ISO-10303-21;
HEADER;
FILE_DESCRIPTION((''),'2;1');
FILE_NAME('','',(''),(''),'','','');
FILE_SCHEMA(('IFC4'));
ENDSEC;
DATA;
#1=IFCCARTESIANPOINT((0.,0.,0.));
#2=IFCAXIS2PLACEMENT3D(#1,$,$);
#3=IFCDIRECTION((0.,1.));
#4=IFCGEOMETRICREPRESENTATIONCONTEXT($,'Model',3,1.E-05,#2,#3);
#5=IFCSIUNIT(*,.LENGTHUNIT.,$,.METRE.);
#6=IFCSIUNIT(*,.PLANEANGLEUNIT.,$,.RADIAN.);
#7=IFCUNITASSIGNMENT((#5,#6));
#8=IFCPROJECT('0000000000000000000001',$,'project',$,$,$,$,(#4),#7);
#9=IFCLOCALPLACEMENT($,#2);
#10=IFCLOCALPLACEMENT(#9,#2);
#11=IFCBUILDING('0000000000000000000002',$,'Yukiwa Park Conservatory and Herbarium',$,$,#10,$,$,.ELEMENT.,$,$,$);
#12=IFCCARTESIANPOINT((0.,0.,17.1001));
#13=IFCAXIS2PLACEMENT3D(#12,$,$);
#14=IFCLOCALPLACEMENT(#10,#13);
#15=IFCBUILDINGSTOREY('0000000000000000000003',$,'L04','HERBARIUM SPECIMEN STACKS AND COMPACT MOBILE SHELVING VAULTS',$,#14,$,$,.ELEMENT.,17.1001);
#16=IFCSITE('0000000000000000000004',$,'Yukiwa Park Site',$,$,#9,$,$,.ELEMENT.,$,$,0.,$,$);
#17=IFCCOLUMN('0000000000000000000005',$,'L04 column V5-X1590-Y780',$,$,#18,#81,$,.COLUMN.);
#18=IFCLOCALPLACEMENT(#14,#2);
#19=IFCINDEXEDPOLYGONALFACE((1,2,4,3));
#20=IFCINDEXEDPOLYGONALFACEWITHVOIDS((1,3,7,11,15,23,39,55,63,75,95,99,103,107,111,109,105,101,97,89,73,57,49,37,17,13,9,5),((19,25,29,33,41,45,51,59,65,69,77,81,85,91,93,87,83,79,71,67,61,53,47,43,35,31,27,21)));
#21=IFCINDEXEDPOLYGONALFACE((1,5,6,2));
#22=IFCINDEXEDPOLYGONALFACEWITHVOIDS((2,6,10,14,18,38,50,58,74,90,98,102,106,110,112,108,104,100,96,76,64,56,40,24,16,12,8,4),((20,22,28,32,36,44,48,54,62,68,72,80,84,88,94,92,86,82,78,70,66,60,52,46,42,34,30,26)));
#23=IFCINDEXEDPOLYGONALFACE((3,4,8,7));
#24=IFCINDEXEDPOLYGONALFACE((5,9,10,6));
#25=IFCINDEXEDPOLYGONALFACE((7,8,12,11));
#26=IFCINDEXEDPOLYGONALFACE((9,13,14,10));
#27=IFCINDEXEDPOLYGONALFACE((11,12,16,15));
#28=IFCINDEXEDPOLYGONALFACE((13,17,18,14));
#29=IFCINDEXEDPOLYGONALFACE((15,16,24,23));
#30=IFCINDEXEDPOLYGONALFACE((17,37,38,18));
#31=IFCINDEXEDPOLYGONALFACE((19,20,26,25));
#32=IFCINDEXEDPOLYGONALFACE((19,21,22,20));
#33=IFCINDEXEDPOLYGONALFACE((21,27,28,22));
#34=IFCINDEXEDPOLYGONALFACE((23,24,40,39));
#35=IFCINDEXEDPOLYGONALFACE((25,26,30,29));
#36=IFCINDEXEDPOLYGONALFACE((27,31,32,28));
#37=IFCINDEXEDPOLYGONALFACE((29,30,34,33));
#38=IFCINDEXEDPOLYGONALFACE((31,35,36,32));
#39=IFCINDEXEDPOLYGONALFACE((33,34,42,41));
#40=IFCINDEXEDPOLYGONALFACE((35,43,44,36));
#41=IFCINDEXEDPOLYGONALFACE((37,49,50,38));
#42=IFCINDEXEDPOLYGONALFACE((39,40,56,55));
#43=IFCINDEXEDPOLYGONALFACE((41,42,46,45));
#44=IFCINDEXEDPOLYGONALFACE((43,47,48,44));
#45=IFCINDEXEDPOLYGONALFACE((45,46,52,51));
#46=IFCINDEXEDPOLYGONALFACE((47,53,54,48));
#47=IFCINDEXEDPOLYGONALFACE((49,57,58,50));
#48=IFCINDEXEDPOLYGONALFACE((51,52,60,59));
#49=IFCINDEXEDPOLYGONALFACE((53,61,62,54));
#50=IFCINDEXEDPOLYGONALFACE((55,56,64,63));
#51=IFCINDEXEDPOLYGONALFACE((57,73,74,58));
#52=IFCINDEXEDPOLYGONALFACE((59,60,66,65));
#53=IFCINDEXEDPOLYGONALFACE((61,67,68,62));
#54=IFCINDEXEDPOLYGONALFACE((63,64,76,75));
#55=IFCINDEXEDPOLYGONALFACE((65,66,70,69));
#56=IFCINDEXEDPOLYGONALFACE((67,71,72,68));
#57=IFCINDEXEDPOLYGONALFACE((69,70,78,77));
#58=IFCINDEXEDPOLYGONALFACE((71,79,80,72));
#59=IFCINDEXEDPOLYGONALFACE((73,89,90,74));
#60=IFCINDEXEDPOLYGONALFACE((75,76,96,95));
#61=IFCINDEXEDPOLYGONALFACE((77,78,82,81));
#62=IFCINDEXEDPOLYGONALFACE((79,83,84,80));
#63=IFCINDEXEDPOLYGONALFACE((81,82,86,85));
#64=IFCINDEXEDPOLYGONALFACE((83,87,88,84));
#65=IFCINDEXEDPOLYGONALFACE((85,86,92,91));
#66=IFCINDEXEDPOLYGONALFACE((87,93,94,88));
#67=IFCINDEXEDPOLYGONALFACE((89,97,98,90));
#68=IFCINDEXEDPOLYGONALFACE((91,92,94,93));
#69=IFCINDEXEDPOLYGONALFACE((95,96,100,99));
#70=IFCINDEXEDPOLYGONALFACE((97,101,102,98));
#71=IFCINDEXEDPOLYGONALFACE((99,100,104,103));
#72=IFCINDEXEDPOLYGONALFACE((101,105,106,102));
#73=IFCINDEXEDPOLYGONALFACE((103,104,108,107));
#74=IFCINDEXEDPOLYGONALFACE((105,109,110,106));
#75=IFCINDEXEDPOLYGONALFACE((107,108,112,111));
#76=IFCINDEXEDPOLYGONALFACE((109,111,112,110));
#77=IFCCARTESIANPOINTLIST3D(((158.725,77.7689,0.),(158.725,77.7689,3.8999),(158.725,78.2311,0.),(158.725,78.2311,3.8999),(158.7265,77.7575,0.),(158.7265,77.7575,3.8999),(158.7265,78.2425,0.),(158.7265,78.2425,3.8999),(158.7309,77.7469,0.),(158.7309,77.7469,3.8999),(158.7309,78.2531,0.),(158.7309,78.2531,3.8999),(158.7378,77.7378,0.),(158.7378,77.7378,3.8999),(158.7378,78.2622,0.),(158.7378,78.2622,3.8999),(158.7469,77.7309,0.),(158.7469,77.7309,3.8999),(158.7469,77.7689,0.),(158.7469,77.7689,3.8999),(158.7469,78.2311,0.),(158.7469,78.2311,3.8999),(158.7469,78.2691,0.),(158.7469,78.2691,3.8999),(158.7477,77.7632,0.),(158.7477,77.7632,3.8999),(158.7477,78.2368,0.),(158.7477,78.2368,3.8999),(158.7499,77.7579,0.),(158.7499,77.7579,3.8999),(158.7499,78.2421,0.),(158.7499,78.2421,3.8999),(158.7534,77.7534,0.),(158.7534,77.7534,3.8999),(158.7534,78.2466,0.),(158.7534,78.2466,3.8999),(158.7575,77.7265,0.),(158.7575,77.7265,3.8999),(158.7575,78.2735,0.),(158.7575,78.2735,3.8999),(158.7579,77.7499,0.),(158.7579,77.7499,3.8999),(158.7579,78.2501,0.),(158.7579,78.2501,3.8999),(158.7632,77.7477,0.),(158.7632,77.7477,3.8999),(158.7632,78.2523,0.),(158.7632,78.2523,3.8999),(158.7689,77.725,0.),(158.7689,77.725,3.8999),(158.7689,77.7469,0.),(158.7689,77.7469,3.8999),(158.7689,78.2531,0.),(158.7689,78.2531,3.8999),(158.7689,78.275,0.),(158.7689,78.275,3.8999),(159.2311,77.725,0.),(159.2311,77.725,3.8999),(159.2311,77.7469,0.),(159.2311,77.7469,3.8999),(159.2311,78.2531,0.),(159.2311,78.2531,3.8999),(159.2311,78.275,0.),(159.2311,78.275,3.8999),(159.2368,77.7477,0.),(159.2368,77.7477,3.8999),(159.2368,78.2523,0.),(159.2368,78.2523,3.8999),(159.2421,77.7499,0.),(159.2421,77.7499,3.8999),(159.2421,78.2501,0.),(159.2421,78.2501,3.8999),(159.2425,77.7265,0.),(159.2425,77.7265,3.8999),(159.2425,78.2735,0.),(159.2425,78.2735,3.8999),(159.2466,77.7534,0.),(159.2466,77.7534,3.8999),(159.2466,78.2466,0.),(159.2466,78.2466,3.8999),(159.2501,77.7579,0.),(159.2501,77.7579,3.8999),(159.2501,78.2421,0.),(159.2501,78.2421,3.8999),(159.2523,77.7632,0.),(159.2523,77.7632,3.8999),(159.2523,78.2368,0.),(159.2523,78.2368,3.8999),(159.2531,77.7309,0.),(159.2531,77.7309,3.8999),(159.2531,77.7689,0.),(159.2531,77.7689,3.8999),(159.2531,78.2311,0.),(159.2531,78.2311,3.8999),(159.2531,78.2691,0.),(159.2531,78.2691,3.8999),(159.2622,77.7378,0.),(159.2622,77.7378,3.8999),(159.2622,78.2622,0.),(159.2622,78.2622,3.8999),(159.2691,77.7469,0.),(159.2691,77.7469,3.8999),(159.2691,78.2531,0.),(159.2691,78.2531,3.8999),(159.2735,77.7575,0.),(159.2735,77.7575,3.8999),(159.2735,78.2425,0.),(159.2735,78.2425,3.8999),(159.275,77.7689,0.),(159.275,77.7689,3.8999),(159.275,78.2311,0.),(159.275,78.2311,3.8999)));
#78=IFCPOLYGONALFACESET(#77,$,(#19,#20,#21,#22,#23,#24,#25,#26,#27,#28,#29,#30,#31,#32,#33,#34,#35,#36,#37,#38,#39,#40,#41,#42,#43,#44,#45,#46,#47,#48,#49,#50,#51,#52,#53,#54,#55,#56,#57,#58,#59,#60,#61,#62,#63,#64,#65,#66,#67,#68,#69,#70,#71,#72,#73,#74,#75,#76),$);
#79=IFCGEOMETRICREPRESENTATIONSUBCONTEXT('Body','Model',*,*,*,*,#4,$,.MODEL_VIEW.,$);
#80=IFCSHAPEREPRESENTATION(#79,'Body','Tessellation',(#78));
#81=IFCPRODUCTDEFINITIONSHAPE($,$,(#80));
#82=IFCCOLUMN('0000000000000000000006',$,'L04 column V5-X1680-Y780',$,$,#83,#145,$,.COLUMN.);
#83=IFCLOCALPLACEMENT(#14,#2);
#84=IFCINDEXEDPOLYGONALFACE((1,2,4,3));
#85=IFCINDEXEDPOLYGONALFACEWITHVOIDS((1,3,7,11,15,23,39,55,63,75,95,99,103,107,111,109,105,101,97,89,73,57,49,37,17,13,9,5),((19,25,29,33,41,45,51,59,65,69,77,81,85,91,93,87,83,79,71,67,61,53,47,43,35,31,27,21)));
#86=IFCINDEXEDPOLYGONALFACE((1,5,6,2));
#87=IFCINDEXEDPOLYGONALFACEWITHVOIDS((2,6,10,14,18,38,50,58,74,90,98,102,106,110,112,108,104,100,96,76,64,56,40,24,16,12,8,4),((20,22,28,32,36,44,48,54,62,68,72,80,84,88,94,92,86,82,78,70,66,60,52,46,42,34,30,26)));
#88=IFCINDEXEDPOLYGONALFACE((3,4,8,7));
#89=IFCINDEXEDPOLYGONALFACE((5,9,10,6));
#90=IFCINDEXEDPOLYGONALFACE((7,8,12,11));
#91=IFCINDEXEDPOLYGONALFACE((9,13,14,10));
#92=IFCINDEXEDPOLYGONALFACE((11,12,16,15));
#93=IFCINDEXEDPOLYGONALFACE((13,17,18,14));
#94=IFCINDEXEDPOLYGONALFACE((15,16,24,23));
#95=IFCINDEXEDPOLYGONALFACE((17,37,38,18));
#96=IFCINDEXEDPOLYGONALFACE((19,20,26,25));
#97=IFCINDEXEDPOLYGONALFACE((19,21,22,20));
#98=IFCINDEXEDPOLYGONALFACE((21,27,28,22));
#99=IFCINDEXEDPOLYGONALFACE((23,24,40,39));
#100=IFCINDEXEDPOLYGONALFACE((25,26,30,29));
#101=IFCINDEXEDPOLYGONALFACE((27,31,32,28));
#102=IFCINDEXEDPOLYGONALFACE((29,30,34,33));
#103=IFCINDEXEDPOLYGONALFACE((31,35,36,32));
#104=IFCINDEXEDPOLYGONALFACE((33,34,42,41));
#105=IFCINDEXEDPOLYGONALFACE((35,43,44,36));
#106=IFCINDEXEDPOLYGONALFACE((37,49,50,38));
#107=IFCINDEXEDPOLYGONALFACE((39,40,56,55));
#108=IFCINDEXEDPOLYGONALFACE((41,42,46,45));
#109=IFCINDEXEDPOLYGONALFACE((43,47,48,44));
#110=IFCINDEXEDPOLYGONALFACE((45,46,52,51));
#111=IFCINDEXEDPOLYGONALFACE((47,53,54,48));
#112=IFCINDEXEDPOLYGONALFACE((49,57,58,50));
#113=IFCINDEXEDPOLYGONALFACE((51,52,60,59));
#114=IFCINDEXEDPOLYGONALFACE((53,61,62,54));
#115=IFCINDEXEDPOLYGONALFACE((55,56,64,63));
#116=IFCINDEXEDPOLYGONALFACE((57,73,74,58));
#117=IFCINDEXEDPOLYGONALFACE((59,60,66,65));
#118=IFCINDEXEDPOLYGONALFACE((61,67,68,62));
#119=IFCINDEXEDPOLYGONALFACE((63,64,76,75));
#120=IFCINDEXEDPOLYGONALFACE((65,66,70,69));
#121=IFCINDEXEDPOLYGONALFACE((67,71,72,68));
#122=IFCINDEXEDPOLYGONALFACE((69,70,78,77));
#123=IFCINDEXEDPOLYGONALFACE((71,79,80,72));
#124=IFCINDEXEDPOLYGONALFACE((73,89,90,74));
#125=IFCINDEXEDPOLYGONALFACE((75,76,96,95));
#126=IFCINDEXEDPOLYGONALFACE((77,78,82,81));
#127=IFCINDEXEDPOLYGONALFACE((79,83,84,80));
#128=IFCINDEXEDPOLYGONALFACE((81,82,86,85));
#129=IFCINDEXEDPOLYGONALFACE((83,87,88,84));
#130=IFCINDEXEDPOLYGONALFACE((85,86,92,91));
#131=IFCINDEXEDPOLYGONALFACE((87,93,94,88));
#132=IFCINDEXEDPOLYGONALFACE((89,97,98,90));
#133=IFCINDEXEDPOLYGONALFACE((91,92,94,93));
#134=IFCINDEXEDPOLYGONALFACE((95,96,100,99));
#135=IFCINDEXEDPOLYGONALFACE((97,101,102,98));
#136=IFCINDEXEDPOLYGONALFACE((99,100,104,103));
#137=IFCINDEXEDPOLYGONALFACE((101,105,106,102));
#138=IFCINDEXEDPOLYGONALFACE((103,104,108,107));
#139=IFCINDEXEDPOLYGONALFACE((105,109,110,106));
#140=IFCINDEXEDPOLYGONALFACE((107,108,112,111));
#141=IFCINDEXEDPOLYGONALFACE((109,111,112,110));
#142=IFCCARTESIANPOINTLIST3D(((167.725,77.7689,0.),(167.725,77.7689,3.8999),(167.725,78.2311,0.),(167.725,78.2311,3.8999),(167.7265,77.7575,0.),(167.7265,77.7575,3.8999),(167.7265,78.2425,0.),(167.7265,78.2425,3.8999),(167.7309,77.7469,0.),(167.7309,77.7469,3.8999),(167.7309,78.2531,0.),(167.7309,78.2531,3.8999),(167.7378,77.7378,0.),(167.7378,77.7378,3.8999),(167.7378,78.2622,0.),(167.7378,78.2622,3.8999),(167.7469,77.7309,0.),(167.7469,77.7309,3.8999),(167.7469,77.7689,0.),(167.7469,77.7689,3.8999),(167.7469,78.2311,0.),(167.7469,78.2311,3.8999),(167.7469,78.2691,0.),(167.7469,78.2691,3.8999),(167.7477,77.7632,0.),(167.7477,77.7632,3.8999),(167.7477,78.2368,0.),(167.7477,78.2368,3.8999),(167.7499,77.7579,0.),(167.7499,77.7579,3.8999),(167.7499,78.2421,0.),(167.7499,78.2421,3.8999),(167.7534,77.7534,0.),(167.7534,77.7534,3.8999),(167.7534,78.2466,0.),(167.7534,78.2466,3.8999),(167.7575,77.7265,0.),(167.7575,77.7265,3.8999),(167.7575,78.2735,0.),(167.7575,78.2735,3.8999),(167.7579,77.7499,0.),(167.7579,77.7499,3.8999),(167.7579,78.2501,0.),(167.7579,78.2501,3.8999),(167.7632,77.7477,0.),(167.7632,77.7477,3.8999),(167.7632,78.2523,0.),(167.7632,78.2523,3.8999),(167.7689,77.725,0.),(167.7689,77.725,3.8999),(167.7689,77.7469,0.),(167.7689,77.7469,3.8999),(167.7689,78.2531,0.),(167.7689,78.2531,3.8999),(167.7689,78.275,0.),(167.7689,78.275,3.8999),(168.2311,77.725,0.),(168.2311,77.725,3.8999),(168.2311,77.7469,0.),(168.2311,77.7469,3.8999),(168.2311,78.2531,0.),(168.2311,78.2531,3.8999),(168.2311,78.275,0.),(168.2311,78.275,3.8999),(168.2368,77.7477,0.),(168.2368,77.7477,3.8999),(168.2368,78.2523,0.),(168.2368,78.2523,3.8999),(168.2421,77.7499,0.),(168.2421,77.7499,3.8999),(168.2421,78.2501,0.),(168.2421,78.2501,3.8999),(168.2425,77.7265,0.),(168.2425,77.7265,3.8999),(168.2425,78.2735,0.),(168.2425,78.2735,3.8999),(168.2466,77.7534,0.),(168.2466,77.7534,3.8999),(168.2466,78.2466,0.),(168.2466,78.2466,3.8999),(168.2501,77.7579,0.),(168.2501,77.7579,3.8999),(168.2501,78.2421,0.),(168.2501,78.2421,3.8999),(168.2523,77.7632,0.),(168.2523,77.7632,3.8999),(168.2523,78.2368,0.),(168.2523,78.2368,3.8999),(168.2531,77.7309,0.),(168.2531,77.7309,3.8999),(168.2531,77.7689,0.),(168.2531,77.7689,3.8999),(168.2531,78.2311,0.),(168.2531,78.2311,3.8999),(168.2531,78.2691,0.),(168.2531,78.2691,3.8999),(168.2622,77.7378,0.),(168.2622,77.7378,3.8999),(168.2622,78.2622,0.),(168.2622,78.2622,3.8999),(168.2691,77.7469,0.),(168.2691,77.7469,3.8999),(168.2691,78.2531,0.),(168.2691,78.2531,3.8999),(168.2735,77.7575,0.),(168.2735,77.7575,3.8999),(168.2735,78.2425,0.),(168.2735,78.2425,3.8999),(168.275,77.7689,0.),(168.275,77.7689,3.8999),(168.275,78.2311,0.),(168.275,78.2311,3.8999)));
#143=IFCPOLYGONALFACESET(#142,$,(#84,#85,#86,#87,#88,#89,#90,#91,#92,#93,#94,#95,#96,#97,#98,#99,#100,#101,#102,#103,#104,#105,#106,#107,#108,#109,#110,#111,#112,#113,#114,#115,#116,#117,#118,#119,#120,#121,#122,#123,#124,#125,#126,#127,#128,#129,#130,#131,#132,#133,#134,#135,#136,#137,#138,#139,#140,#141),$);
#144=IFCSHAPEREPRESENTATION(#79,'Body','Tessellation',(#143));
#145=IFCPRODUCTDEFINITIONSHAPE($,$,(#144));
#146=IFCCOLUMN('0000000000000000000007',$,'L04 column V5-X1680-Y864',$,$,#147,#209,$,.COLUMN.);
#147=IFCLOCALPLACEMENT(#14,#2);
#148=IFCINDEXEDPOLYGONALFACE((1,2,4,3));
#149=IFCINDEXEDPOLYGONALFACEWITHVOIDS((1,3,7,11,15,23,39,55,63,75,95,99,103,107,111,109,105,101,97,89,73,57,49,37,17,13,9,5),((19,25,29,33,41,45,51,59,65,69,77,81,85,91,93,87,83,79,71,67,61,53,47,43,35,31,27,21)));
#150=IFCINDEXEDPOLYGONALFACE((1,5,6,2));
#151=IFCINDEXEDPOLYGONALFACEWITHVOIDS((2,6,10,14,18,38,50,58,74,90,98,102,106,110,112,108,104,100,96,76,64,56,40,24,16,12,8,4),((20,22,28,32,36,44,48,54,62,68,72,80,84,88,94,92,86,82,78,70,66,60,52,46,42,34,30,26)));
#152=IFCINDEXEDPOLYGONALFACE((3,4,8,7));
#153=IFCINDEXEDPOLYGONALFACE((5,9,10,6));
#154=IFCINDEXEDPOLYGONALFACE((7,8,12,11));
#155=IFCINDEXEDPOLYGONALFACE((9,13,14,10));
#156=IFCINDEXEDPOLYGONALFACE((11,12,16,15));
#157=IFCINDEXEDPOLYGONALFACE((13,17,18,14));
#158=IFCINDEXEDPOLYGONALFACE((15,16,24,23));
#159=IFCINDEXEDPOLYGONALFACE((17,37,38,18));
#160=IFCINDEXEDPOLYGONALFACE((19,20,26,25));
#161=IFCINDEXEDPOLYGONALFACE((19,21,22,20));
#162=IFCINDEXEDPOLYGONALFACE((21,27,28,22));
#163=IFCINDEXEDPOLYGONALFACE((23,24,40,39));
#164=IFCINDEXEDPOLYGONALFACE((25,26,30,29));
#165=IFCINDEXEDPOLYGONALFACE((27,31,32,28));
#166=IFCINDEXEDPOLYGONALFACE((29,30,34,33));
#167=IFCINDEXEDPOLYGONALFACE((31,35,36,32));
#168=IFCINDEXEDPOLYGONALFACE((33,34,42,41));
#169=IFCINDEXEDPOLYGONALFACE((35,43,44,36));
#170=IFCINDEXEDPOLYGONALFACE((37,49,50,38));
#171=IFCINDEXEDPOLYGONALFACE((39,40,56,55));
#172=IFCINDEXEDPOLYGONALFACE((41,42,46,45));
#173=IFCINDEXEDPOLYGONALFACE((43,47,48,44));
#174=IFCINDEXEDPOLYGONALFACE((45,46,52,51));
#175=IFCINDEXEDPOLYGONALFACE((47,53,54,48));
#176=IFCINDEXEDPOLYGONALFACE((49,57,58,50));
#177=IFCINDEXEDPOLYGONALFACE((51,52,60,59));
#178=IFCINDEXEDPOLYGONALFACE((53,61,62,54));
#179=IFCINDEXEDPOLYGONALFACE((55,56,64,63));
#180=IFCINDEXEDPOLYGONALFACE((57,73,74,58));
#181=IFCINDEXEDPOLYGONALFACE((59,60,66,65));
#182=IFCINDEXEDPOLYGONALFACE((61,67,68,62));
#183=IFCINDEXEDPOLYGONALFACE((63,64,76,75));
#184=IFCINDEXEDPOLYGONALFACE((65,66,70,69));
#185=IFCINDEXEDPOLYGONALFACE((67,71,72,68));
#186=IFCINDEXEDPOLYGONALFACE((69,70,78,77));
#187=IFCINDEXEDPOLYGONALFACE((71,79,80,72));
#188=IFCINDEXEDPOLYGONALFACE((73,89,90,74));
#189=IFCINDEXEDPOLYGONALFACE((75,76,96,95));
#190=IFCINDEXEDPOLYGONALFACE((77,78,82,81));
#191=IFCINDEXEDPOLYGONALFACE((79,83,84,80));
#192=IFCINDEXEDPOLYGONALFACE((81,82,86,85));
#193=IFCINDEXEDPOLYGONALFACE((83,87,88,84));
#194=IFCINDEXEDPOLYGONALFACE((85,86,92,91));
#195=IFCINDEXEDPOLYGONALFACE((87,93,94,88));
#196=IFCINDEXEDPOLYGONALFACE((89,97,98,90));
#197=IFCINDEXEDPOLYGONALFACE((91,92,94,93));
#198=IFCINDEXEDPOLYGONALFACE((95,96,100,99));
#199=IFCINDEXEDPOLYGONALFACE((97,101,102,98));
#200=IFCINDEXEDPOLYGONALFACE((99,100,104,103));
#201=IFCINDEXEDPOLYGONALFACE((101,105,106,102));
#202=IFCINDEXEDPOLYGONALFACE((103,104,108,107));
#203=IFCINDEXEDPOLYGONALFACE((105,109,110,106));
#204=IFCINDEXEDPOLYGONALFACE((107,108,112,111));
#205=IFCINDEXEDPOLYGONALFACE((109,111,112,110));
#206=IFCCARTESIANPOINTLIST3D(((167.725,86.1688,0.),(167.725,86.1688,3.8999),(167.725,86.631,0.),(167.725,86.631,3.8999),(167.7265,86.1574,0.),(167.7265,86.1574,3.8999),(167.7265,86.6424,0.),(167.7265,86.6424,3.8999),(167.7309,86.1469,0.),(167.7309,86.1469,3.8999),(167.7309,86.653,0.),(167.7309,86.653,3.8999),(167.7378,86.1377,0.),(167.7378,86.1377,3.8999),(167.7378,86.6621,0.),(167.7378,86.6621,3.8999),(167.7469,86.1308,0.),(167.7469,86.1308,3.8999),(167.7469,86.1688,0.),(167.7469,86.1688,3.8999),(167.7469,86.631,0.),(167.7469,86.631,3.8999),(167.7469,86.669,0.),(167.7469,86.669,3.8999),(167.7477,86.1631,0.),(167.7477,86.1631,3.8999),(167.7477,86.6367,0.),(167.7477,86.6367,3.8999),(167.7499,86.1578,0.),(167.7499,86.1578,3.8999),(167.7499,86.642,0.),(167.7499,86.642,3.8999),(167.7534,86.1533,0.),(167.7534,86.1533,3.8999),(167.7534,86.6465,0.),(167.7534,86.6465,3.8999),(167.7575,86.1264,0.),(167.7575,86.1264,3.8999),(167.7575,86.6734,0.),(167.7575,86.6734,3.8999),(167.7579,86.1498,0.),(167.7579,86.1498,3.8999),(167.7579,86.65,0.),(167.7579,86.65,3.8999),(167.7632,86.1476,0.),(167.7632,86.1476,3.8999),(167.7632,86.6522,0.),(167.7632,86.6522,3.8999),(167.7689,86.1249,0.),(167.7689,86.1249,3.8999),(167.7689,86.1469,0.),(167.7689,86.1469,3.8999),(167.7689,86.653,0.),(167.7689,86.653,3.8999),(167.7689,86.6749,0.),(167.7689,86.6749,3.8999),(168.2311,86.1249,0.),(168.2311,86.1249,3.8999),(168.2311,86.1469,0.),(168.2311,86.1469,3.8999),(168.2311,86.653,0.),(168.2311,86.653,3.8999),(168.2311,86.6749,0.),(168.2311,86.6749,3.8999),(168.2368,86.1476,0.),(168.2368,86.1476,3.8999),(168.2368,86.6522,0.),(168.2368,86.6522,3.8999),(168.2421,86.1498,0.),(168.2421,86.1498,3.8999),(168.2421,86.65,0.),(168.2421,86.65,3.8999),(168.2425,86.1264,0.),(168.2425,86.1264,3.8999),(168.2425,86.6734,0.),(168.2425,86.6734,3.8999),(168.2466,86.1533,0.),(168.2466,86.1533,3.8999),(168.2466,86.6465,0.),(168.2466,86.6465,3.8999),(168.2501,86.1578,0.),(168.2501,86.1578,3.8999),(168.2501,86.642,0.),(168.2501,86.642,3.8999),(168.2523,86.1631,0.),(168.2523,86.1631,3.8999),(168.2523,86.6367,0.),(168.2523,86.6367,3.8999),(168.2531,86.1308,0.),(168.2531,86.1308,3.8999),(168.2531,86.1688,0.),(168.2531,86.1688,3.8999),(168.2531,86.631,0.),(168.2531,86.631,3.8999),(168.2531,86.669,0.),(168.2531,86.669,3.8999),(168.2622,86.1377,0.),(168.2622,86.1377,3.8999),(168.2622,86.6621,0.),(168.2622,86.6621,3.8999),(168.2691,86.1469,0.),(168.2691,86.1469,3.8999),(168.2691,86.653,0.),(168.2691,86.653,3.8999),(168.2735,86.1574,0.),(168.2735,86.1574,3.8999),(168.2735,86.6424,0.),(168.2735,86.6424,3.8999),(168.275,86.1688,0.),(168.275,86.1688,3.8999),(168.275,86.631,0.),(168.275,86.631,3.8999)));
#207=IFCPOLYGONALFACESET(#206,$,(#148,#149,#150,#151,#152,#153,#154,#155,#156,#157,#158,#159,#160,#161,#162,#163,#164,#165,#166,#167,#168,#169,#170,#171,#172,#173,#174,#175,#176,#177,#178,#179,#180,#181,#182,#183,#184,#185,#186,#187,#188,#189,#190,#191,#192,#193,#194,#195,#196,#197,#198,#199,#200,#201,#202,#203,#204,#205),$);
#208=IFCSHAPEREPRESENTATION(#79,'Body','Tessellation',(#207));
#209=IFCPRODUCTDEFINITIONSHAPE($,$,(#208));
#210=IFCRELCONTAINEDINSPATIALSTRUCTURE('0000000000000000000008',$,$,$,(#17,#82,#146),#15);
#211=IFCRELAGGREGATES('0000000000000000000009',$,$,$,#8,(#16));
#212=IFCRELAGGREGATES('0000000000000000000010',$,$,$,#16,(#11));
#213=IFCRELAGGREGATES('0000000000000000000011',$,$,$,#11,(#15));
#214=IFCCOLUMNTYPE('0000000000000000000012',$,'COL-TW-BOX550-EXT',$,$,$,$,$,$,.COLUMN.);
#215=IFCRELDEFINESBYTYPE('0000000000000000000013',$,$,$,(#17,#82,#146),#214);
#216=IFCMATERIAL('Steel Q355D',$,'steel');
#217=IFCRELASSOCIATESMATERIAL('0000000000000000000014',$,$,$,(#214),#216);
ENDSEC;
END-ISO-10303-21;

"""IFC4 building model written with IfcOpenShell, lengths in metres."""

from ifc_helpers import new_model, si_unit, direction, frame, origin, origin_2d, place, context, subcontext, project, spatial, hollow_rectangle, extrude, material, material_profile, profile_set, type_object, element, save


model = new_model("IFC4")

# Units and contexts
model_context = context("Model", 3, precision=1e-05, world=origin(), true_north=direction((0.0, 1.0)))
body_context = subcontext(model_context, "Body", "Model", "MODEL_VIEW")
ifc_project = project(units=[si_unit("LENGTHUNIT", "METRE"), si_unit("PLANEANGLEUNIT", "RADIAN")], contexts=[model_context])

# Site, building, storey
site_placement = place(None, origin())
site = spatial("IfcSite", under=ifc_project, at=site_placement, Name="Yukiwa Park Site", CompositionType="ELEMENT", RefElevation=0.0)
building_placement = place(site_placement, origin())
building = spatial("IfcBuilding", under=site, at=building_placement, Name="Yukiwa Park Conservatory and Herbarium", CompositionType="ELEMENT")
storey_placement = place(building_placement, frame((0.0, 0.0, 17.1001)))
storey = spatial("IfcBuildingStorey", under=building, at=storey_placement, Name="L04", Description="HERBARIUM SPECIMEN STACKS AND COMPACT MOBILE SHELVING VAULTS", CompositionType="ELEMENT", Elevation=17.1001)

# Columns
ifc_material_1 = material(Name="Steel Q355D", Category="steel")
ifc_material_profile_1 = material_profile(ifc_material_1, hollow_rectangle(XDim=0.55, YDim=0.55, WallThickness=0.022, InnerFilletRadius=0.022, OuterFilletRadius=0.0439, at=origin_2d()), Name="BOX 550x550x22")
ifc_profile_set_1 = profile_set([ifc_material_profile_1], Name="Steel Q355D")
column_type_1 = type_object("IfcColumnType", Name="COL-TW-BOX550-EXT", PredefinedType="COLUMN", material=ifc_profile_set_1)
for number, where, z_axis, x_axis, name in (
    (1, (159.0, 78.0, 0.0), (0.0, 0.0, 1.0), (1.0, 0.0, 0.0), "L04 column V5-X1590-Y780"),
    (2, (168.0, 78.0, 0.0), (0.0, 0.0, 1.0), (1.0, 0.0, 0.0), "L04 column V5-X1680-Y780"),
    (3, (168.0, 86.3999, 0.0), (0.0, 0.0, 1.0), (1.0, 0.0, 0.0), "L04 column V5-X1680-Y864"),
):
    element("IfcColumn", number, at=place(storey_placement, frame(where, z_axis=z_axis, x_axis=x_axis)), inside=storey, type_object=column_type_1, Name=name, PredefinedType="COLUMN", context=body_context, shape_type="SweptSolid", body=[
        extrude(hollow_rectangle(XDim=0.55, YDim=0.55, WallThickness=0.022, InnerFilletRadius=0.022, OuterFilletRadius=0.0439, at=origin_2d()), origin(), (0.0, 0.0, 1.0), 3.8999),
    ])

save(model, "model.ifc")
